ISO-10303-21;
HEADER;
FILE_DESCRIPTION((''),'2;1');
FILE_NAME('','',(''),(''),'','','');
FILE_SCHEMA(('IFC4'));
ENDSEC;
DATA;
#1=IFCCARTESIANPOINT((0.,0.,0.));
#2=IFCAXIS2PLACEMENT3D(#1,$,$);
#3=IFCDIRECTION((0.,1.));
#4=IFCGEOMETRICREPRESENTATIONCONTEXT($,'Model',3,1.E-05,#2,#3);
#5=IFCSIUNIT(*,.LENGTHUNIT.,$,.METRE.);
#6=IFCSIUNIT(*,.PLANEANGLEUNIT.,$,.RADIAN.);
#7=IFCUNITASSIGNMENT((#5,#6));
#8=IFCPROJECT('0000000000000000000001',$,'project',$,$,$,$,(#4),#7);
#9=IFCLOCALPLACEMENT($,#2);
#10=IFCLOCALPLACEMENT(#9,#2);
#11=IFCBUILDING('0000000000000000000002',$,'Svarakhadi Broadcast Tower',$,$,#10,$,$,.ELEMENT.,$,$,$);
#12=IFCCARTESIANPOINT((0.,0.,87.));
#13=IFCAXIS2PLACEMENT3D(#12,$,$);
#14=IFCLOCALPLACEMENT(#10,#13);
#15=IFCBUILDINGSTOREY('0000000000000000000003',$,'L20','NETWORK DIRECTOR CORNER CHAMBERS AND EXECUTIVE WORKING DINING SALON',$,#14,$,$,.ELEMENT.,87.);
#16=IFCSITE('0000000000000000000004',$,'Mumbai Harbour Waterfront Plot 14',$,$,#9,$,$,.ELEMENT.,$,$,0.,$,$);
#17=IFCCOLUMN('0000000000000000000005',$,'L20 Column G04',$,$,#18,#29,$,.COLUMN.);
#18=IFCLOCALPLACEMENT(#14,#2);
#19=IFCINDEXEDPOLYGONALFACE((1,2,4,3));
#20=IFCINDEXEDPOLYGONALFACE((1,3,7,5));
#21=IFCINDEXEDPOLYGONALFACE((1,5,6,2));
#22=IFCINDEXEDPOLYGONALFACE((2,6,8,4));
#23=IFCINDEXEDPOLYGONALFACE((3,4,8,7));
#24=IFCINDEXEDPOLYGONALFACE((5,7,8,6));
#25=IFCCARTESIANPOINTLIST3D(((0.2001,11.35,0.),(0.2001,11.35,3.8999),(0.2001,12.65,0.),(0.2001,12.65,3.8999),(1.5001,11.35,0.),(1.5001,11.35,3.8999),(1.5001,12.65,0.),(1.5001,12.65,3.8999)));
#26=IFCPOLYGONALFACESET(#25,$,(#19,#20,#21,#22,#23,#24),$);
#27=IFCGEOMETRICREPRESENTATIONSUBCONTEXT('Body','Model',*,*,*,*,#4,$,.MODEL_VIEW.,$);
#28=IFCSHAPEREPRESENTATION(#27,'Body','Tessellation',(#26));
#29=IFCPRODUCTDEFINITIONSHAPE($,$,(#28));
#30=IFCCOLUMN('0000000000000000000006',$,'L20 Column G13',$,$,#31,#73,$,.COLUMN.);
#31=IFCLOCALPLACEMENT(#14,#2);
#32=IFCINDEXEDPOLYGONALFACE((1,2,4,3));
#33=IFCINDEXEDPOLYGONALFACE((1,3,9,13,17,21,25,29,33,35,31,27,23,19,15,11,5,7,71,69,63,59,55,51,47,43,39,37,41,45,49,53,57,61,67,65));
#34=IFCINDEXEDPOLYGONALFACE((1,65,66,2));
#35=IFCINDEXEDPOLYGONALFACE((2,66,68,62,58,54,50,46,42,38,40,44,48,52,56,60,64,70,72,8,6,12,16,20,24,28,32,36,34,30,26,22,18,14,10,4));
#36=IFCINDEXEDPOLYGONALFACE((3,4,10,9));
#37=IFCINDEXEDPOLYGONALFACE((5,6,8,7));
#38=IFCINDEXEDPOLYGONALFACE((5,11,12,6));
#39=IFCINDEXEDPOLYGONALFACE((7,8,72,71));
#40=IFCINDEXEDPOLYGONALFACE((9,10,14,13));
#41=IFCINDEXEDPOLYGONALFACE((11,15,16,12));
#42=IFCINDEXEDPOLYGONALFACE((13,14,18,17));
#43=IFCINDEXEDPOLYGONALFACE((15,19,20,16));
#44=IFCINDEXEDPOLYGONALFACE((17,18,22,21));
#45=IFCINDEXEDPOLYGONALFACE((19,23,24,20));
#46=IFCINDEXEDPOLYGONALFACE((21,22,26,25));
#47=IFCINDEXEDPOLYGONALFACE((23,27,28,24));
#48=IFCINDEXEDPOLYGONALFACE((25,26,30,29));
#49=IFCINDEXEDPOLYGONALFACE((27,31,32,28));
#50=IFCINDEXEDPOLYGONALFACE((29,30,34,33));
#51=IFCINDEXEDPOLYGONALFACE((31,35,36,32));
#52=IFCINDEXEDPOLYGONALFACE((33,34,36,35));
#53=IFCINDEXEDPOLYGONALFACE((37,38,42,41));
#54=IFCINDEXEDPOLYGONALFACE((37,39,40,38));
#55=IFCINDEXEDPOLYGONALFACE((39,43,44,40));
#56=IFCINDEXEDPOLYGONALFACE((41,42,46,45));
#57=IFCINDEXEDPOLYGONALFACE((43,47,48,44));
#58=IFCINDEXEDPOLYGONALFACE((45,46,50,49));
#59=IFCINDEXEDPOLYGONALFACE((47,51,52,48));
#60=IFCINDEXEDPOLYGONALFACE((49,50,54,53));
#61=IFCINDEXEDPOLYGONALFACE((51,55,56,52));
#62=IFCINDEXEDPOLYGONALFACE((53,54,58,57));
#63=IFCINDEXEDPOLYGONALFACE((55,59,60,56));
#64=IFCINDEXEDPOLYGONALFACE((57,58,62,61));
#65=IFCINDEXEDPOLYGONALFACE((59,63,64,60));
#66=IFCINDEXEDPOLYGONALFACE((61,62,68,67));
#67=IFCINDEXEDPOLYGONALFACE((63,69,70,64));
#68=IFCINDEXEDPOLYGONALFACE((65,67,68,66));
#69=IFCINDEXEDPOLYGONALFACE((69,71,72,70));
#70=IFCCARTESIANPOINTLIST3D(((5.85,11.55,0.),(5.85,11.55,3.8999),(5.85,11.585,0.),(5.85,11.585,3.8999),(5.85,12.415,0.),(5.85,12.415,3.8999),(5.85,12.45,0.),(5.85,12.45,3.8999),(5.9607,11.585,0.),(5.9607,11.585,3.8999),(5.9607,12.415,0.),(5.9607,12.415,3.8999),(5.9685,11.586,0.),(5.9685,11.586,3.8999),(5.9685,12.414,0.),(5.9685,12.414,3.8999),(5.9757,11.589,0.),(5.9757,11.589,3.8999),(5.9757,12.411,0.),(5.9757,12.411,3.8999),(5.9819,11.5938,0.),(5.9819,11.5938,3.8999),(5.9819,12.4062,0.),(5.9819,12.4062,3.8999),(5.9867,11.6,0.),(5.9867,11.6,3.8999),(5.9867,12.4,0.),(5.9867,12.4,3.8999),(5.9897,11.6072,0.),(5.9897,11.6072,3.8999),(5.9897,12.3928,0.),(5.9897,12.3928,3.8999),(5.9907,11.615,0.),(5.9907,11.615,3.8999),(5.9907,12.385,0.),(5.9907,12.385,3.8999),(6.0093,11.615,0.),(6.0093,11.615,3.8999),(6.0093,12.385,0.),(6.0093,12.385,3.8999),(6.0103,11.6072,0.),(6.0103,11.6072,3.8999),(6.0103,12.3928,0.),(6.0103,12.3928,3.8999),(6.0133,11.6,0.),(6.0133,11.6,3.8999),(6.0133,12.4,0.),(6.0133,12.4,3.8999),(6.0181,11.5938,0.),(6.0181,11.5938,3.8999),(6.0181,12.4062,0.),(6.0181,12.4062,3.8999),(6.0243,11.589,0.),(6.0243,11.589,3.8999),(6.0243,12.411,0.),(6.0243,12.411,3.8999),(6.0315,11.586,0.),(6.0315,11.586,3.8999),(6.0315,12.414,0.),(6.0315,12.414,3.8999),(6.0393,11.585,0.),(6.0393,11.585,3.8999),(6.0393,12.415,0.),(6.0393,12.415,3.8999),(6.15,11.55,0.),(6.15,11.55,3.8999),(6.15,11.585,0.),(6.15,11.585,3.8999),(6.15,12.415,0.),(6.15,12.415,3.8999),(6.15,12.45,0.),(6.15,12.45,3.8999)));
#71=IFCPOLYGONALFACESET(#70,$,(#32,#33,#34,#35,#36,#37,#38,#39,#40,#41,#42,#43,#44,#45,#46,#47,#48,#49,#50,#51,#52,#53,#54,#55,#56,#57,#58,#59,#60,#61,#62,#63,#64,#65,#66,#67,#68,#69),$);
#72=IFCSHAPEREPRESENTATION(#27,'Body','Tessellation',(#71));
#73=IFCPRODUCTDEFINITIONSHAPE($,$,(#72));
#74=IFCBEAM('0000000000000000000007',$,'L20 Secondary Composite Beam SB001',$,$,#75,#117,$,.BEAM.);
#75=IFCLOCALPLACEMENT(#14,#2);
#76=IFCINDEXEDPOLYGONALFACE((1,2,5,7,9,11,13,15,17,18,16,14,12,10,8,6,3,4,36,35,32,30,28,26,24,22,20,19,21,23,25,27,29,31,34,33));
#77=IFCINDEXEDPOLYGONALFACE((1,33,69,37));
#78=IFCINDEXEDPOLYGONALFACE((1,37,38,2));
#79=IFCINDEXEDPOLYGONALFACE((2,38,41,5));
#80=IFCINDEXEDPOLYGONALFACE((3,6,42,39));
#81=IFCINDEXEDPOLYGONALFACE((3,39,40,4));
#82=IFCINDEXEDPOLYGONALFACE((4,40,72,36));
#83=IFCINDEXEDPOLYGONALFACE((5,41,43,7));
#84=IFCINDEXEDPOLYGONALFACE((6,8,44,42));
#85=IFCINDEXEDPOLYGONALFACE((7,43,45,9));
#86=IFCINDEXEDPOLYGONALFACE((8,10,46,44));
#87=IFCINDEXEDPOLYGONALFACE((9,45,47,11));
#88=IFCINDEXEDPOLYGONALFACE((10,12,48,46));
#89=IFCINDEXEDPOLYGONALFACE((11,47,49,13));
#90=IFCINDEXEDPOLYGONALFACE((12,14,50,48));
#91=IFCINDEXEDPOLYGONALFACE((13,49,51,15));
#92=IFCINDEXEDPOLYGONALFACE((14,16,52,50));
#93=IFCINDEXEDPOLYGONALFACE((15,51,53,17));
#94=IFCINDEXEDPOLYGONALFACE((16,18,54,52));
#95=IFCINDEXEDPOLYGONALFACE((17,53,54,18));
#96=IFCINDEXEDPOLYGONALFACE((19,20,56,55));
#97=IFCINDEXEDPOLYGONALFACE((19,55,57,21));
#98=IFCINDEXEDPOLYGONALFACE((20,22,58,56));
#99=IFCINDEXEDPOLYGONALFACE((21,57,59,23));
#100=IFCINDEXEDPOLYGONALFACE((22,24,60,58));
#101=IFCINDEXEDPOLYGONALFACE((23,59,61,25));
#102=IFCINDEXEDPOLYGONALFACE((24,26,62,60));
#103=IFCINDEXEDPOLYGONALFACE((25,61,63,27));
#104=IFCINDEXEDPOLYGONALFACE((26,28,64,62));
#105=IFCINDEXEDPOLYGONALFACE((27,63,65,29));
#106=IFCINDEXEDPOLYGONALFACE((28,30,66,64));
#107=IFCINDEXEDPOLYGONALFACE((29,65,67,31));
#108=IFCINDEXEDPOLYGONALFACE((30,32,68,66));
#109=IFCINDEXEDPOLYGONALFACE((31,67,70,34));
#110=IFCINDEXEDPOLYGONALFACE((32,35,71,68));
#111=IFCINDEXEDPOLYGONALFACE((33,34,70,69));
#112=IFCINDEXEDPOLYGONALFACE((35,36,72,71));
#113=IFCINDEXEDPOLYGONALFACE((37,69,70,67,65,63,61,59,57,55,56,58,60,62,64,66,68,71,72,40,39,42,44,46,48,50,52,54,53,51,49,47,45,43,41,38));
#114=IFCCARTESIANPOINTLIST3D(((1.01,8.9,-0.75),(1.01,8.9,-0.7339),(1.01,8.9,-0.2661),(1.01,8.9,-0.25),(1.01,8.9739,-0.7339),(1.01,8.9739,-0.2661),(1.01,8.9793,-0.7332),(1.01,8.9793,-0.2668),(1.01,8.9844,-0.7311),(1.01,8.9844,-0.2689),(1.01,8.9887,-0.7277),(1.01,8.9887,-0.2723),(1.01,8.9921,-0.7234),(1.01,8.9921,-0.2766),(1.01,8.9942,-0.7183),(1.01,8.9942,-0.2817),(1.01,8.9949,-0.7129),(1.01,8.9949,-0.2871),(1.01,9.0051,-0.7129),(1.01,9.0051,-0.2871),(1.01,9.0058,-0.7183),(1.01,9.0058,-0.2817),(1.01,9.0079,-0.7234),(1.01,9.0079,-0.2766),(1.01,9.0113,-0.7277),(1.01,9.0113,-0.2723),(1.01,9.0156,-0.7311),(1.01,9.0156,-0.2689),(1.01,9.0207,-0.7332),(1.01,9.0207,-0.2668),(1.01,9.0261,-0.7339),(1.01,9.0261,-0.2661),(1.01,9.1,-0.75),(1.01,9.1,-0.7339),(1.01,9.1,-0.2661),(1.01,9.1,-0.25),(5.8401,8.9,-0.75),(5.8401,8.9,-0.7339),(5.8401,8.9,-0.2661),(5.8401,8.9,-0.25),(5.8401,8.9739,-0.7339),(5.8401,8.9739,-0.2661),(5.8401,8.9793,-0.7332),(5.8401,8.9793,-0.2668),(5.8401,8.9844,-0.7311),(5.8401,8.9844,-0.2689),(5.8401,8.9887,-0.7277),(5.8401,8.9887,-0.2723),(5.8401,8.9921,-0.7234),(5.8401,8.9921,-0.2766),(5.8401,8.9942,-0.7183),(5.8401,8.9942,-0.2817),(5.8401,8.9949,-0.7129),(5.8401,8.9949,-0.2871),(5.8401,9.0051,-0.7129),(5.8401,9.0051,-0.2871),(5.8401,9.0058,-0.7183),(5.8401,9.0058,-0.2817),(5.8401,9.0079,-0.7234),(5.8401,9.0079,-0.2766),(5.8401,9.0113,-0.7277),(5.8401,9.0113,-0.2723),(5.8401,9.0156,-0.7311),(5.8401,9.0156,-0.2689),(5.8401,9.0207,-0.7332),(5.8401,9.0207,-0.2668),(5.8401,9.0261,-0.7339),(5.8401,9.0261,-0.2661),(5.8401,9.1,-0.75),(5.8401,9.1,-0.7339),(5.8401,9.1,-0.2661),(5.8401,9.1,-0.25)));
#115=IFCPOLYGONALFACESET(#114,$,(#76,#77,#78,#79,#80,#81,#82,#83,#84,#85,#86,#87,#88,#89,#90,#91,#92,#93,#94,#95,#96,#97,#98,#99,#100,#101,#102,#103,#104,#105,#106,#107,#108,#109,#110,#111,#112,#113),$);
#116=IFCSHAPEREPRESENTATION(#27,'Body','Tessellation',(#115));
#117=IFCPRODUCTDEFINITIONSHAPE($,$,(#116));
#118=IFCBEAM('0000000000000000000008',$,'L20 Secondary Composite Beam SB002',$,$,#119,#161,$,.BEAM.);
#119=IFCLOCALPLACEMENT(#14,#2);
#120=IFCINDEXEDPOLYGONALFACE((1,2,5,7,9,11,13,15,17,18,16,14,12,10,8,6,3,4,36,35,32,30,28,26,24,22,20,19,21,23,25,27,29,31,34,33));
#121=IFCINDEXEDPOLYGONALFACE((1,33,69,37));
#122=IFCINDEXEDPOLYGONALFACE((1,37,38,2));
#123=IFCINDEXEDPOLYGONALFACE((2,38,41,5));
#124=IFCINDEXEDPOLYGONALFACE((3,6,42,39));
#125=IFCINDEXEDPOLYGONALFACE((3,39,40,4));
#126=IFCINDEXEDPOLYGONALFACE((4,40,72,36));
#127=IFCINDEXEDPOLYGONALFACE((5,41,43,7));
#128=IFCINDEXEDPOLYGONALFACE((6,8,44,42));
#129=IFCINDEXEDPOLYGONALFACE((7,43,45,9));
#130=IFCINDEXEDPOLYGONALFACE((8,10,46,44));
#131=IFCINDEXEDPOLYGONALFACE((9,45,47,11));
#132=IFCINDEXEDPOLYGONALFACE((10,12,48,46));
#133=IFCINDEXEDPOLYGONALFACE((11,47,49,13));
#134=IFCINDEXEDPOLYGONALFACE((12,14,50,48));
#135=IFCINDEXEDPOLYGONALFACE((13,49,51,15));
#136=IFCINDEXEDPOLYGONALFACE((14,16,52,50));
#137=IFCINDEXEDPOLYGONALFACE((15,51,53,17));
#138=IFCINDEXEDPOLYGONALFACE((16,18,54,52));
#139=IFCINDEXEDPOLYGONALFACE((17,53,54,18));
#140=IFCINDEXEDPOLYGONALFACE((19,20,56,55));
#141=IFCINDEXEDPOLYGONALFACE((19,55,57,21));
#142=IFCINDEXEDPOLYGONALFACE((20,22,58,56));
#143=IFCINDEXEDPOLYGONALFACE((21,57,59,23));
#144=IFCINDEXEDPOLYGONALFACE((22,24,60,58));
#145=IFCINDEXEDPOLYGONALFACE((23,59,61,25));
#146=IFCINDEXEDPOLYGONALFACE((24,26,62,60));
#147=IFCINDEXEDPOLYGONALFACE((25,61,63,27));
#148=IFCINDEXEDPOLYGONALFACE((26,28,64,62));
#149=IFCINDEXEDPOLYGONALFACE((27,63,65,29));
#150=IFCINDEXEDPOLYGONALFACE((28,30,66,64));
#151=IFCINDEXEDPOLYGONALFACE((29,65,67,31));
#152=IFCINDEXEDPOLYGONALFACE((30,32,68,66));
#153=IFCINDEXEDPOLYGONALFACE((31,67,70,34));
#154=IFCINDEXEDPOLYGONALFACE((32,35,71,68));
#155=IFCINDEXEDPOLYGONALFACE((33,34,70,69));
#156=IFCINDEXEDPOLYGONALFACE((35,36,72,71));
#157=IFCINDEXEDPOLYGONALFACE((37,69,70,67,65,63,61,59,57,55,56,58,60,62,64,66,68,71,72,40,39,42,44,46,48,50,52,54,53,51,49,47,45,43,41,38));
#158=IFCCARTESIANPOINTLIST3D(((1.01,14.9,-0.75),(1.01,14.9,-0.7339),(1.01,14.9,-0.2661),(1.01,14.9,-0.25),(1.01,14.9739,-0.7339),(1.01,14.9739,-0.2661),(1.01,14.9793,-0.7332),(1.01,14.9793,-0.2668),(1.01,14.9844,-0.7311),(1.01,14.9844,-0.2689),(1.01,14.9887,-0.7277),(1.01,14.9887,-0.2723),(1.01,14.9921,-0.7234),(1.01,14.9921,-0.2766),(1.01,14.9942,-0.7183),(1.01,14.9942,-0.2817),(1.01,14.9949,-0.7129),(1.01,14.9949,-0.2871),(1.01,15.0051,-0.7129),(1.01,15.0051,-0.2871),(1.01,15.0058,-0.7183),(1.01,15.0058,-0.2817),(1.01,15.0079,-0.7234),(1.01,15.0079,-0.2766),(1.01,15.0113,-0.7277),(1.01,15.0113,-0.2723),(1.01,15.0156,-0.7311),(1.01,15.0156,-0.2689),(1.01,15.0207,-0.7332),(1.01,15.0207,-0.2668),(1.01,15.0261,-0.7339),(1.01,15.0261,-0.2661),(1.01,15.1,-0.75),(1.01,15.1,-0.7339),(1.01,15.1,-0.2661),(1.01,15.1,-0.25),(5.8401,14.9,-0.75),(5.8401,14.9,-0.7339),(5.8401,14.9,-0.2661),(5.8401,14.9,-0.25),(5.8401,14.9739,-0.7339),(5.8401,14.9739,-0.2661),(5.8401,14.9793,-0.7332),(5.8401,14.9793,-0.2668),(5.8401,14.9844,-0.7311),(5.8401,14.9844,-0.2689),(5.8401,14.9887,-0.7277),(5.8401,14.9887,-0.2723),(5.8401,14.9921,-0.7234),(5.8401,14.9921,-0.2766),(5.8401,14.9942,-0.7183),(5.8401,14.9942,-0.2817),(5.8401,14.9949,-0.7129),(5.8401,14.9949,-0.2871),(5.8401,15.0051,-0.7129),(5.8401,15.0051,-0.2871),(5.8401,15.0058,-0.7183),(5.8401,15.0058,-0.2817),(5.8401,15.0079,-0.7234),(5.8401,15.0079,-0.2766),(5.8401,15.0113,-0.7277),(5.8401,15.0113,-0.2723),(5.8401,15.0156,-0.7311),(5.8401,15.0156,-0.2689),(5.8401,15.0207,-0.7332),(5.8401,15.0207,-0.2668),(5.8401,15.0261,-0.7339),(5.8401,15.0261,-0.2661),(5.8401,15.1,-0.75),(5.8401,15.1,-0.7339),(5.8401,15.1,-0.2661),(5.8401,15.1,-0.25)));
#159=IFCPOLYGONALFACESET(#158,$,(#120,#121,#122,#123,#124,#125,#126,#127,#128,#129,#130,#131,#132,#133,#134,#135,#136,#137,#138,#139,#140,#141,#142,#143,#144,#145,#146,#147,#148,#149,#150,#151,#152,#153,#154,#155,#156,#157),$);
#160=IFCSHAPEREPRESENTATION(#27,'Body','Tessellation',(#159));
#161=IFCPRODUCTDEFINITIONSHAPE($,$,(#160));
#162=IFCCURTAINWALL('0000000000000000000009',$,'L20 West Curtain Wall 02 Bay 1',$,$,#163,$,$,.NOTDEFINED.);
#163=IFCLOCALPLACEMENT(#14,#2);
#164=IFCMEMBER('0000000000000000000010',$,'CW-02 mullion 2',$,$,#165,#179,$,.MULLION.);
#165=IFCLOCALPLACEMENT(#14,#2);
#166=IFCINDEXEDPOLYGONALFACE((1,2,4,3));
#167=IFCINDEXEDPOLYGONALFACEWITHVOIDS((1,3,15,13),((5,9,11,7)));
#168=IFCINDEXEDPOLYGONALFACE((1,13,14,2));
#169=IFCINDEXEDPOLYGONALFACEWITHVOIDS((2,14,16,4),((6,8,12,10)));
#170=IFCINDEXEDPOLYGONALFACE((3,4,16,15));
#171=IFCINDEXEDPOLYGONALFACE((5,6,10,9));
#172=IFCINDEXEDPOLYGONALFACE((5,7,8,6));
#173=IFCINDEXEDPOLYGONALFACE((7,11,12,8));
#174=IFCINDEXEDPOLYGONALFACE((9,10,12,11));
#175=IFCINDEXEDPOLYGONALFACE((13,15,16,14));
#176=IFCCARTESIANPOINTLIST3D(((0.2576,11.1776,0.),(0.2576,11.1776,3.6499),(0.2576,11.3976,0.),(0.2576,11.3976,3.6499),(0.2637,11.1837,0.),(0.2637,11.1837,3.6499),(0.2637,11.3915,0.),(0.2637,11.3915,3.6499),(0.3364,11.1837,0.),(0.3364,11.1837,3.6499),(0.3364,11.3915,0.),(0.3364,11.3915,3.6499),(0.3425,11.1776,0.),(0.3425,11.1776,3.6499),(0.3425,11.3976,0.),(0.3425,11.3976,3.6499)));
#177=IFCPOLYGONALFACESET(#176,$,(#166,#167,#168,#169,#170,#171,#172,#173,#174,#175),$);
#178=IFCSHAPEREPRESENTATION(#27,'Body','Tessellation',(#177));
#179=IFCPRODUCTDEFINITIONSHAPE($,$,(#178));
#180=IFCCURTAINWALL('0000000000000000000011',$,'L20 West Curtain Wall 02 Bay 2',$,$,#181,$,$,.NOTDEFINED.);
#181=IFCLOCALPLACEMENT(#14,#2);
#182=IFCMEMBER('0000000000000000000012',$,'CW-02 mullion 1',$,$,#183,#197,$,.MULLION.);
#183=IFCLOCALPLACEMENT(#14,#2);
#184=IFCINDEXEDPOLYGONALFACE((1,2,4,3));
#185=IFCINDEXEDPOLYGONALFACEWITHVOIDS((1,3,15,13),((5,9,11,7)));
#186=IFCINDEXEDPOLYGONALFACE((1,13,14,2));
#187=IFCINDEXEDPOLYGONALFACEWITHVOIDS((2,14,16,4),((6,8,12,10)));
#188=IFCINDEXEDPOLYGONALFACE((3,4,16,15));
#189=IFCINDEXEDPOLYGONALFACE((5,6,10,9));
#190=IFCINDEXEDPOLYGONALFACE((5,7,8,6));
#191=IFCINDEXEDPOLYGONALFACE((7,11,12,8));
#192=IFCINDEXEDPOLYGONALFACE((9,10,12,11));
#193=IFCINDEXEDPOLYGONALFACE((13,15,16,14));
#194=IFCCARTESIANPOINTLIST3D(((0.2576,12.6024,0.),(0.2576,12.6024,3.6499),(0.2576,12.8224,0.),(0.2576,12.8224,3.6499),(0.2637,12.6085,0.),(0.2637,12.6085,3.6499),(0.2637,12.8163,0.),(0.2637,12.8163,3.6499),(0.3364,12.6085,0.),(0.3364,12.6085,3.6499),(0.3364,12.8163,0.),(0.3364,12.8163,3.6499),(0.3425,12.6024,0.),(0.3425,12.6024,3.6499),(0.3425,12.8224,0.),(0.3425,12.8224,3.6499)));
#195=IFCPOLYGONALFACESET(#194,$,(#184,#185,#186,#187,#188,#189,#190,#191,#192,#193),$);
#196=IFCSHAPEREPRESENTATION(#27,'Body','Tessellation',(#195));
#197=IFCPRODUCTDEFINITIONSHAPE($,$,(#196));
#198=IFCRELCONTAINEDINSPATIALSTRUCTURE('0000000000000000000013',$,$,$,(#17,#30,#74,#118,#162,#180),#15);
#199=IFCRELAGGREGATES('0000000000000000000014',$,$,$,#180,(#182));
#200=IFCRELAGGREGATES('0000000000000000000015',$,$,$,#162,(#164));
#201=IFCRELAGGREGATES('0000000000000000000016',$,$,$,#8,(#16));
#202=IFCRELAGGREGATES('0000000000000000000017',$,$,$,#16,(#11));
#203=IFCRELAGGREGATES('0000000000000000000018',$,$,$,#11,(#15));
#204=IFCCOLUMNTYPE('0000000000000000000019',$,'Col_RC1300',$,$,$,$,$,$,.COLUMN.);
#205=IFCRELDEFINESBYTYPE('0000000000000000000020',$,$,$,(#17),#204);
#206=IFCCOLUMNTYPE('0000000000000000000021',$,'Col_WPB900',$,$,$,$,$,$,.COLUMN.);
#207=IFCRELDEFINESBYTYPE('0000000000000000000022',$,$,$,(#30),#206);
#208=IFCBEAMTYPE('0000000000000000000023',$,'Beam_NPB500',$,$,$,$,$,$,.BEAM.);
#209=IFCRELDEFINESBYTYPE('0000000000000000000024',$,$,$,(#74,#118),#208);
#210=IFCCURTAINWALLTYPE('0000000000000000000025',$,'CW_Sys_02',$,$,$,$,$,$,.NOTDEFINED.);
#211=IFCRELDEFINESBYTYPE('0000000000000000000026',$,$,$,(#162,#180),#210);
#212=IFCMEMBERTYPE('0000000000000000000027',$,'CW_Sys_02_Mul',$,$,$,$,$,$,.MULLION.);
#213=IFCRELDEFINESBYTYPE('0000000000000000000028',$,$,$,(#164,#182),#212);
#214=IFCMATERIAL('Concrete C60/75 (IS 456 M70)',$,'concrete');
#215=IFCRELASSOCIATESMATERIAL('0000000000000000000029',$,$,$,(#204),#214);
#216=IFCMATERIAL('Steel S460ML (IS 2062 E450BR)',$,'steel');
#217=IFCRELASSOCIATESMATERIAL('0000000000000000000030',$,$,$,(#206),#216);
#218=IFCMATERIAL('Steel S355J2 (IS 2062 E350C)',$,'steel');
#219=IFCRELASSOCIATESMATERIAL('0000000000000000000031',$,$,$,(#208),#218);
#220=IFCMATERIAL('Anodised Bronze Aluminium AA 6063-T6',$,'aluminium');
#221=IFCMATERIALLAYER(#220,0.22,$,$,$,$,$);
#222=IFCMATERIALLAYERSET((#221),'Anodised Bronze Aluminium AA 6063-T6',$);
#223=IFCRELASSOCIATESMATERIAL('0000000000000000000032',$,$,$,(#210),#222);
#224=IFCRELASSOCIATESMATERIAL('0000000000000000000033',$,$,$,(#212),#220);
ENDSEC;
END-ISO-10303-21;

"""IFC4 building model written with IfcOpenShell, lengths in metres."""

from ifc_helpers import new_model, si_unit, direction, frame, origin, origin_2d, place, context, subcontext, project, spatial, rectangle, hollow_rectangle, i_section, extrude, material, layer, layer_set, material_profile, profile_set, type_object, element, aggregate, save


model = new_model("IFC4")

# Units and contexts
model_context = context("Model", 3, precision=1e-05, world=origin(), true_north=direction((0.0, 1.0)))
body_context = subcontext(model_context, "Body", "Model", "MODEL_VIEW")
ifc_project = project(units=[si_unit("LENGTHUNIT", "METRE"), si_unit("PLANEANGLEUNIT", "RADIAN")], contexts=[model_context])

# Site, building, storey
site_placement = place(None, origin())
site = spatial("IfcSite", under=ifc_project, at=site_placement, Name="Mumbai Harbour Waterfront Plot 14", CompositionType="ELEMENT", RefElevation=0.0)
building_placement = place(site_placement, origin())
building = spatial("IfcBuilding", under=site, at=building_placement, Name="Svarakhadi Broadcast Tower", CompositionType="ELEMENT")
storey_placement = place(building_placement, frame((0.0, 0.0, 87.0)))
storey = spatial("IfcBuildingStorey", under=building, at=storey_placement, Name="L20", Description="NETWORK DIRECTOR CORNER CHAMBERS AND EXECUTIVE WORKING DINING SALON", CompositionType="ELEMENT", Elevation=87.0)

# Columns
ifc_material_1 = material(Name="Concrete C60/75 (IS 456 M70)", Category="concrete")
ifc_material_profile_1 = material_profile(ifc_material_1, rectangle(XDim=1.3, YDim=1.3, at=origin_2d()), Name="RC 1300x1300")
ifc_profile_set_1 = profile_set([ifc_material_profile_1], Name="Concrete C60/75 (IS 456 M70)")
column_type_1 = type_object("IfcColumnType", Name="Col_RC1300", PredefinedType="COLUMN", material=ifc_profile_set_1)
column_1_placement = place(storey_placement, frame((0.8501, 12.0, 0.0), z_axis=(0.0, 0.0, 1.0), x_axis=(1.0, 0.0, 0.0)))
element("IfcColumn", 1, at=column_1_placement, inside=storey, type_object=column_type_1, Name="L20 Column G04", PredefinedType="COLUMN", context=body_context, shape_type="SweptSolid", body=[
    extrude(rectangle(XDim=1.3, YDim=1.3, at=origin_2d()), origin(), (0.0, 0.0, 1.0), 3.8999),
])
ifc_material_2 = material(Name="Steel S460ML (IS 2062 E450BR)", Category="steel")
ifc_material_profile_2 = material_profile(ifc_material_2, i_section(OverallWidth=0.3, OverallDepth=0.8999, WebThickness=0.0186, FlangeThickness=0.0349, FilletRadius=0.03, at=origin_2d()), Name="WPB 900x300x291")
ifc_profile_set_2 = profile_set([ifc_material_profile_2], Name="Steel S460ML (IS 2062 E450BR)")
column_type_2 = type_object("IfcColumnType", Name="Col_WPB900", PredefinedType="COLUMN", material=ifc_profile_set_2)
column_2_placement = place(storey_placement, frame((6.0, 12.0, 0.0), z_axis=(0.0, 0.0, 1.0), x_axis=(1.0, 0.0, 0.0)))
element("IfcColumn", 2, at=column_2_placement, inside=storey, type_object=column_type_2, Name="L20 Column G13", PredefinedType="COLUMN", context=body_context, shape_type="SweptSolid", body=[
    extrude(i_section(OverallWidth=0.3, OverallDepth=0.8999, WebThickness=0.0186, FlangeThickness=0.0349, FilletRadius=0.03, at=origin_2d()), origin(), (0.0, 0.0, 1.0), 3.8999),
])

# Beams
ifc_material_3 = material(Name="Steel S355J2 (IS 2062 E350C)", Category="steel")
ifc_material_profile_3 = material_profile(ifc_material_3, i_section(OverallWidth=0.2, OverallDepth=0.5, WebThickness=0.0103, FlangeThickness=0.0161, FilletRadius=0.021, at=origin_2d()), Name="NPB 500x200x91")
ifc_profile_set_3 = profile_set([ifc_material_profile_3], Name="Steel S355J2 (IS 2062 E350C)")
beam_type_1 = type_object("IfcBeamType", Name="Beam_NPB500", PredefinedType="BEAM", material=ifc_profile_set_3)
for number, where, z_axis, x_axis, name in (
    (3, (1.01, 9.0, -0.5), (1.0, 0.0, 0.0), (0.0, 1.0, 0.0), "L20 Secondary Composite Beam SB001"),
    (4, (1.01, 15.0, -0.5), (1.0, 0.0, 0.0), (0.0, 1.0, 0.0), "L20 Secondary Composite Beam SB002"),
):
    element("IfcBeam", number, at=place(storey_placement, frame(where, z_axis=z_axis, x_axis=x_axis)), inside=storey, type_object=beam_type_1, Name=name, PredefinedType="BEAM", context=body_context, shape_type="SweptSolid", body=[
        extrude(i_section(OverallWidth=0.2, OverallDepth=0.5, WebThickness=0.0103, FlangeThickness=0.0161, FilletRadius=0.021, at=origin_2d()), origin(), (0.0, 0.0, 1.0), 4.8301),
    ])

# Curtain wall, member
ifc_material_4 = material(Name="Anodised Bronze Aluminium AA 6063-T6", Category="aluminium")
ifc_layer_1 = layer(ifc_material_4, 0.22)
ifc_layer_set_1 = layer_set([ifc_layer_1], Name="Anodised Bronze Aluminium AA 6063-T6")
curtain_wall_type = type_object("IfcCurtainWallType", Name="CW_Sys_02", PredefinedType="NOTDEFINED", material=ifc_layer_set_1)
curtain_wall_1_placement = place(storey_placement, origin())
curtain_wall_1 = element("IfcCurtainWall", 5, at=curtain_wall_1_placement, inside=storey, type_object=curtain_wall_type, Name="L20 West Curtain Wall 02 Bay 1", PredefinedType="NOTDEFINED")
ifc_material_profile_4 = material_profile(ifc_material_4, hollow_rectangle(XDim=0.085, YDim=0.22, WallThickness=0.0061, at=origin_2d()), Name="ALU MULLION 220x85x6")
ifc_profile_set_4 = profile_set([ifc_material_profile_4], Name="Anodised Bronze Aluminium AA 6063-T6")
member_type_1 = type_object("IfcMemberType", Name="CW_Sys_02_Mul", PredefinedType="MULLION", material=ifc_profile_set_4)
member_1_placement = place(storey_placement, frame((0.3, 11.2876, 0.0), z_axis=(0.0, 0.0, 1.0), x_axis=(-1.0, 0.0, 0.0)))
member_1 = element("IfcMember", 6, at=member_1_placement, type_object=member_type_1, Name="CW-02 mullion 2", PredefinedType="MULLION", context=body_context, shape_type="SweptSolid", body=[
    extrude(hollow_rectangle(XDim=0.085, YDim=0.22, WallThickness=0.0061, at=origin_2d()), origin(), (0.0, 0.0, 1.0), 3.6499),
])

# Curtain wall, member
curtain_wall_2_placement = place(storey_placement, origin())
curtain_wall_2 = element("IfcCurtainWall", 7, at=curtain_wall_2_placement, inside=storey, type_object=curtain_wall_type, Name="L20 West Curtain Wall 02 Bay 2", PredefinedType="NOTDEFINED")
member_2_placement = place(storey_placement, frame((0.3, 12.7124, 0.0), z_axis=(0.0, 0.0, 1.0), x_axis=(-1.0, 0.0, 0.0)))
member_2 = element("IfcMember", 8, at=member_2_placement, type_object=member_type_1, Name="CW-02 mullion 1", PredefinedType="MULLION", context=body_context, shape_type="SweptSolid", body=[
    extrude(hollow_rectangle(XDim=0.085, YDim=0.22, WallThickness=0.0061, at=origin_2d()), origin(), (0.0, 0.0, 1.0), 3.6499),
])
aggregate(curtain_wall_2, [member_2])

aggregate(curtain_wall_1, [member_1])

save(model, "model.ifc")
